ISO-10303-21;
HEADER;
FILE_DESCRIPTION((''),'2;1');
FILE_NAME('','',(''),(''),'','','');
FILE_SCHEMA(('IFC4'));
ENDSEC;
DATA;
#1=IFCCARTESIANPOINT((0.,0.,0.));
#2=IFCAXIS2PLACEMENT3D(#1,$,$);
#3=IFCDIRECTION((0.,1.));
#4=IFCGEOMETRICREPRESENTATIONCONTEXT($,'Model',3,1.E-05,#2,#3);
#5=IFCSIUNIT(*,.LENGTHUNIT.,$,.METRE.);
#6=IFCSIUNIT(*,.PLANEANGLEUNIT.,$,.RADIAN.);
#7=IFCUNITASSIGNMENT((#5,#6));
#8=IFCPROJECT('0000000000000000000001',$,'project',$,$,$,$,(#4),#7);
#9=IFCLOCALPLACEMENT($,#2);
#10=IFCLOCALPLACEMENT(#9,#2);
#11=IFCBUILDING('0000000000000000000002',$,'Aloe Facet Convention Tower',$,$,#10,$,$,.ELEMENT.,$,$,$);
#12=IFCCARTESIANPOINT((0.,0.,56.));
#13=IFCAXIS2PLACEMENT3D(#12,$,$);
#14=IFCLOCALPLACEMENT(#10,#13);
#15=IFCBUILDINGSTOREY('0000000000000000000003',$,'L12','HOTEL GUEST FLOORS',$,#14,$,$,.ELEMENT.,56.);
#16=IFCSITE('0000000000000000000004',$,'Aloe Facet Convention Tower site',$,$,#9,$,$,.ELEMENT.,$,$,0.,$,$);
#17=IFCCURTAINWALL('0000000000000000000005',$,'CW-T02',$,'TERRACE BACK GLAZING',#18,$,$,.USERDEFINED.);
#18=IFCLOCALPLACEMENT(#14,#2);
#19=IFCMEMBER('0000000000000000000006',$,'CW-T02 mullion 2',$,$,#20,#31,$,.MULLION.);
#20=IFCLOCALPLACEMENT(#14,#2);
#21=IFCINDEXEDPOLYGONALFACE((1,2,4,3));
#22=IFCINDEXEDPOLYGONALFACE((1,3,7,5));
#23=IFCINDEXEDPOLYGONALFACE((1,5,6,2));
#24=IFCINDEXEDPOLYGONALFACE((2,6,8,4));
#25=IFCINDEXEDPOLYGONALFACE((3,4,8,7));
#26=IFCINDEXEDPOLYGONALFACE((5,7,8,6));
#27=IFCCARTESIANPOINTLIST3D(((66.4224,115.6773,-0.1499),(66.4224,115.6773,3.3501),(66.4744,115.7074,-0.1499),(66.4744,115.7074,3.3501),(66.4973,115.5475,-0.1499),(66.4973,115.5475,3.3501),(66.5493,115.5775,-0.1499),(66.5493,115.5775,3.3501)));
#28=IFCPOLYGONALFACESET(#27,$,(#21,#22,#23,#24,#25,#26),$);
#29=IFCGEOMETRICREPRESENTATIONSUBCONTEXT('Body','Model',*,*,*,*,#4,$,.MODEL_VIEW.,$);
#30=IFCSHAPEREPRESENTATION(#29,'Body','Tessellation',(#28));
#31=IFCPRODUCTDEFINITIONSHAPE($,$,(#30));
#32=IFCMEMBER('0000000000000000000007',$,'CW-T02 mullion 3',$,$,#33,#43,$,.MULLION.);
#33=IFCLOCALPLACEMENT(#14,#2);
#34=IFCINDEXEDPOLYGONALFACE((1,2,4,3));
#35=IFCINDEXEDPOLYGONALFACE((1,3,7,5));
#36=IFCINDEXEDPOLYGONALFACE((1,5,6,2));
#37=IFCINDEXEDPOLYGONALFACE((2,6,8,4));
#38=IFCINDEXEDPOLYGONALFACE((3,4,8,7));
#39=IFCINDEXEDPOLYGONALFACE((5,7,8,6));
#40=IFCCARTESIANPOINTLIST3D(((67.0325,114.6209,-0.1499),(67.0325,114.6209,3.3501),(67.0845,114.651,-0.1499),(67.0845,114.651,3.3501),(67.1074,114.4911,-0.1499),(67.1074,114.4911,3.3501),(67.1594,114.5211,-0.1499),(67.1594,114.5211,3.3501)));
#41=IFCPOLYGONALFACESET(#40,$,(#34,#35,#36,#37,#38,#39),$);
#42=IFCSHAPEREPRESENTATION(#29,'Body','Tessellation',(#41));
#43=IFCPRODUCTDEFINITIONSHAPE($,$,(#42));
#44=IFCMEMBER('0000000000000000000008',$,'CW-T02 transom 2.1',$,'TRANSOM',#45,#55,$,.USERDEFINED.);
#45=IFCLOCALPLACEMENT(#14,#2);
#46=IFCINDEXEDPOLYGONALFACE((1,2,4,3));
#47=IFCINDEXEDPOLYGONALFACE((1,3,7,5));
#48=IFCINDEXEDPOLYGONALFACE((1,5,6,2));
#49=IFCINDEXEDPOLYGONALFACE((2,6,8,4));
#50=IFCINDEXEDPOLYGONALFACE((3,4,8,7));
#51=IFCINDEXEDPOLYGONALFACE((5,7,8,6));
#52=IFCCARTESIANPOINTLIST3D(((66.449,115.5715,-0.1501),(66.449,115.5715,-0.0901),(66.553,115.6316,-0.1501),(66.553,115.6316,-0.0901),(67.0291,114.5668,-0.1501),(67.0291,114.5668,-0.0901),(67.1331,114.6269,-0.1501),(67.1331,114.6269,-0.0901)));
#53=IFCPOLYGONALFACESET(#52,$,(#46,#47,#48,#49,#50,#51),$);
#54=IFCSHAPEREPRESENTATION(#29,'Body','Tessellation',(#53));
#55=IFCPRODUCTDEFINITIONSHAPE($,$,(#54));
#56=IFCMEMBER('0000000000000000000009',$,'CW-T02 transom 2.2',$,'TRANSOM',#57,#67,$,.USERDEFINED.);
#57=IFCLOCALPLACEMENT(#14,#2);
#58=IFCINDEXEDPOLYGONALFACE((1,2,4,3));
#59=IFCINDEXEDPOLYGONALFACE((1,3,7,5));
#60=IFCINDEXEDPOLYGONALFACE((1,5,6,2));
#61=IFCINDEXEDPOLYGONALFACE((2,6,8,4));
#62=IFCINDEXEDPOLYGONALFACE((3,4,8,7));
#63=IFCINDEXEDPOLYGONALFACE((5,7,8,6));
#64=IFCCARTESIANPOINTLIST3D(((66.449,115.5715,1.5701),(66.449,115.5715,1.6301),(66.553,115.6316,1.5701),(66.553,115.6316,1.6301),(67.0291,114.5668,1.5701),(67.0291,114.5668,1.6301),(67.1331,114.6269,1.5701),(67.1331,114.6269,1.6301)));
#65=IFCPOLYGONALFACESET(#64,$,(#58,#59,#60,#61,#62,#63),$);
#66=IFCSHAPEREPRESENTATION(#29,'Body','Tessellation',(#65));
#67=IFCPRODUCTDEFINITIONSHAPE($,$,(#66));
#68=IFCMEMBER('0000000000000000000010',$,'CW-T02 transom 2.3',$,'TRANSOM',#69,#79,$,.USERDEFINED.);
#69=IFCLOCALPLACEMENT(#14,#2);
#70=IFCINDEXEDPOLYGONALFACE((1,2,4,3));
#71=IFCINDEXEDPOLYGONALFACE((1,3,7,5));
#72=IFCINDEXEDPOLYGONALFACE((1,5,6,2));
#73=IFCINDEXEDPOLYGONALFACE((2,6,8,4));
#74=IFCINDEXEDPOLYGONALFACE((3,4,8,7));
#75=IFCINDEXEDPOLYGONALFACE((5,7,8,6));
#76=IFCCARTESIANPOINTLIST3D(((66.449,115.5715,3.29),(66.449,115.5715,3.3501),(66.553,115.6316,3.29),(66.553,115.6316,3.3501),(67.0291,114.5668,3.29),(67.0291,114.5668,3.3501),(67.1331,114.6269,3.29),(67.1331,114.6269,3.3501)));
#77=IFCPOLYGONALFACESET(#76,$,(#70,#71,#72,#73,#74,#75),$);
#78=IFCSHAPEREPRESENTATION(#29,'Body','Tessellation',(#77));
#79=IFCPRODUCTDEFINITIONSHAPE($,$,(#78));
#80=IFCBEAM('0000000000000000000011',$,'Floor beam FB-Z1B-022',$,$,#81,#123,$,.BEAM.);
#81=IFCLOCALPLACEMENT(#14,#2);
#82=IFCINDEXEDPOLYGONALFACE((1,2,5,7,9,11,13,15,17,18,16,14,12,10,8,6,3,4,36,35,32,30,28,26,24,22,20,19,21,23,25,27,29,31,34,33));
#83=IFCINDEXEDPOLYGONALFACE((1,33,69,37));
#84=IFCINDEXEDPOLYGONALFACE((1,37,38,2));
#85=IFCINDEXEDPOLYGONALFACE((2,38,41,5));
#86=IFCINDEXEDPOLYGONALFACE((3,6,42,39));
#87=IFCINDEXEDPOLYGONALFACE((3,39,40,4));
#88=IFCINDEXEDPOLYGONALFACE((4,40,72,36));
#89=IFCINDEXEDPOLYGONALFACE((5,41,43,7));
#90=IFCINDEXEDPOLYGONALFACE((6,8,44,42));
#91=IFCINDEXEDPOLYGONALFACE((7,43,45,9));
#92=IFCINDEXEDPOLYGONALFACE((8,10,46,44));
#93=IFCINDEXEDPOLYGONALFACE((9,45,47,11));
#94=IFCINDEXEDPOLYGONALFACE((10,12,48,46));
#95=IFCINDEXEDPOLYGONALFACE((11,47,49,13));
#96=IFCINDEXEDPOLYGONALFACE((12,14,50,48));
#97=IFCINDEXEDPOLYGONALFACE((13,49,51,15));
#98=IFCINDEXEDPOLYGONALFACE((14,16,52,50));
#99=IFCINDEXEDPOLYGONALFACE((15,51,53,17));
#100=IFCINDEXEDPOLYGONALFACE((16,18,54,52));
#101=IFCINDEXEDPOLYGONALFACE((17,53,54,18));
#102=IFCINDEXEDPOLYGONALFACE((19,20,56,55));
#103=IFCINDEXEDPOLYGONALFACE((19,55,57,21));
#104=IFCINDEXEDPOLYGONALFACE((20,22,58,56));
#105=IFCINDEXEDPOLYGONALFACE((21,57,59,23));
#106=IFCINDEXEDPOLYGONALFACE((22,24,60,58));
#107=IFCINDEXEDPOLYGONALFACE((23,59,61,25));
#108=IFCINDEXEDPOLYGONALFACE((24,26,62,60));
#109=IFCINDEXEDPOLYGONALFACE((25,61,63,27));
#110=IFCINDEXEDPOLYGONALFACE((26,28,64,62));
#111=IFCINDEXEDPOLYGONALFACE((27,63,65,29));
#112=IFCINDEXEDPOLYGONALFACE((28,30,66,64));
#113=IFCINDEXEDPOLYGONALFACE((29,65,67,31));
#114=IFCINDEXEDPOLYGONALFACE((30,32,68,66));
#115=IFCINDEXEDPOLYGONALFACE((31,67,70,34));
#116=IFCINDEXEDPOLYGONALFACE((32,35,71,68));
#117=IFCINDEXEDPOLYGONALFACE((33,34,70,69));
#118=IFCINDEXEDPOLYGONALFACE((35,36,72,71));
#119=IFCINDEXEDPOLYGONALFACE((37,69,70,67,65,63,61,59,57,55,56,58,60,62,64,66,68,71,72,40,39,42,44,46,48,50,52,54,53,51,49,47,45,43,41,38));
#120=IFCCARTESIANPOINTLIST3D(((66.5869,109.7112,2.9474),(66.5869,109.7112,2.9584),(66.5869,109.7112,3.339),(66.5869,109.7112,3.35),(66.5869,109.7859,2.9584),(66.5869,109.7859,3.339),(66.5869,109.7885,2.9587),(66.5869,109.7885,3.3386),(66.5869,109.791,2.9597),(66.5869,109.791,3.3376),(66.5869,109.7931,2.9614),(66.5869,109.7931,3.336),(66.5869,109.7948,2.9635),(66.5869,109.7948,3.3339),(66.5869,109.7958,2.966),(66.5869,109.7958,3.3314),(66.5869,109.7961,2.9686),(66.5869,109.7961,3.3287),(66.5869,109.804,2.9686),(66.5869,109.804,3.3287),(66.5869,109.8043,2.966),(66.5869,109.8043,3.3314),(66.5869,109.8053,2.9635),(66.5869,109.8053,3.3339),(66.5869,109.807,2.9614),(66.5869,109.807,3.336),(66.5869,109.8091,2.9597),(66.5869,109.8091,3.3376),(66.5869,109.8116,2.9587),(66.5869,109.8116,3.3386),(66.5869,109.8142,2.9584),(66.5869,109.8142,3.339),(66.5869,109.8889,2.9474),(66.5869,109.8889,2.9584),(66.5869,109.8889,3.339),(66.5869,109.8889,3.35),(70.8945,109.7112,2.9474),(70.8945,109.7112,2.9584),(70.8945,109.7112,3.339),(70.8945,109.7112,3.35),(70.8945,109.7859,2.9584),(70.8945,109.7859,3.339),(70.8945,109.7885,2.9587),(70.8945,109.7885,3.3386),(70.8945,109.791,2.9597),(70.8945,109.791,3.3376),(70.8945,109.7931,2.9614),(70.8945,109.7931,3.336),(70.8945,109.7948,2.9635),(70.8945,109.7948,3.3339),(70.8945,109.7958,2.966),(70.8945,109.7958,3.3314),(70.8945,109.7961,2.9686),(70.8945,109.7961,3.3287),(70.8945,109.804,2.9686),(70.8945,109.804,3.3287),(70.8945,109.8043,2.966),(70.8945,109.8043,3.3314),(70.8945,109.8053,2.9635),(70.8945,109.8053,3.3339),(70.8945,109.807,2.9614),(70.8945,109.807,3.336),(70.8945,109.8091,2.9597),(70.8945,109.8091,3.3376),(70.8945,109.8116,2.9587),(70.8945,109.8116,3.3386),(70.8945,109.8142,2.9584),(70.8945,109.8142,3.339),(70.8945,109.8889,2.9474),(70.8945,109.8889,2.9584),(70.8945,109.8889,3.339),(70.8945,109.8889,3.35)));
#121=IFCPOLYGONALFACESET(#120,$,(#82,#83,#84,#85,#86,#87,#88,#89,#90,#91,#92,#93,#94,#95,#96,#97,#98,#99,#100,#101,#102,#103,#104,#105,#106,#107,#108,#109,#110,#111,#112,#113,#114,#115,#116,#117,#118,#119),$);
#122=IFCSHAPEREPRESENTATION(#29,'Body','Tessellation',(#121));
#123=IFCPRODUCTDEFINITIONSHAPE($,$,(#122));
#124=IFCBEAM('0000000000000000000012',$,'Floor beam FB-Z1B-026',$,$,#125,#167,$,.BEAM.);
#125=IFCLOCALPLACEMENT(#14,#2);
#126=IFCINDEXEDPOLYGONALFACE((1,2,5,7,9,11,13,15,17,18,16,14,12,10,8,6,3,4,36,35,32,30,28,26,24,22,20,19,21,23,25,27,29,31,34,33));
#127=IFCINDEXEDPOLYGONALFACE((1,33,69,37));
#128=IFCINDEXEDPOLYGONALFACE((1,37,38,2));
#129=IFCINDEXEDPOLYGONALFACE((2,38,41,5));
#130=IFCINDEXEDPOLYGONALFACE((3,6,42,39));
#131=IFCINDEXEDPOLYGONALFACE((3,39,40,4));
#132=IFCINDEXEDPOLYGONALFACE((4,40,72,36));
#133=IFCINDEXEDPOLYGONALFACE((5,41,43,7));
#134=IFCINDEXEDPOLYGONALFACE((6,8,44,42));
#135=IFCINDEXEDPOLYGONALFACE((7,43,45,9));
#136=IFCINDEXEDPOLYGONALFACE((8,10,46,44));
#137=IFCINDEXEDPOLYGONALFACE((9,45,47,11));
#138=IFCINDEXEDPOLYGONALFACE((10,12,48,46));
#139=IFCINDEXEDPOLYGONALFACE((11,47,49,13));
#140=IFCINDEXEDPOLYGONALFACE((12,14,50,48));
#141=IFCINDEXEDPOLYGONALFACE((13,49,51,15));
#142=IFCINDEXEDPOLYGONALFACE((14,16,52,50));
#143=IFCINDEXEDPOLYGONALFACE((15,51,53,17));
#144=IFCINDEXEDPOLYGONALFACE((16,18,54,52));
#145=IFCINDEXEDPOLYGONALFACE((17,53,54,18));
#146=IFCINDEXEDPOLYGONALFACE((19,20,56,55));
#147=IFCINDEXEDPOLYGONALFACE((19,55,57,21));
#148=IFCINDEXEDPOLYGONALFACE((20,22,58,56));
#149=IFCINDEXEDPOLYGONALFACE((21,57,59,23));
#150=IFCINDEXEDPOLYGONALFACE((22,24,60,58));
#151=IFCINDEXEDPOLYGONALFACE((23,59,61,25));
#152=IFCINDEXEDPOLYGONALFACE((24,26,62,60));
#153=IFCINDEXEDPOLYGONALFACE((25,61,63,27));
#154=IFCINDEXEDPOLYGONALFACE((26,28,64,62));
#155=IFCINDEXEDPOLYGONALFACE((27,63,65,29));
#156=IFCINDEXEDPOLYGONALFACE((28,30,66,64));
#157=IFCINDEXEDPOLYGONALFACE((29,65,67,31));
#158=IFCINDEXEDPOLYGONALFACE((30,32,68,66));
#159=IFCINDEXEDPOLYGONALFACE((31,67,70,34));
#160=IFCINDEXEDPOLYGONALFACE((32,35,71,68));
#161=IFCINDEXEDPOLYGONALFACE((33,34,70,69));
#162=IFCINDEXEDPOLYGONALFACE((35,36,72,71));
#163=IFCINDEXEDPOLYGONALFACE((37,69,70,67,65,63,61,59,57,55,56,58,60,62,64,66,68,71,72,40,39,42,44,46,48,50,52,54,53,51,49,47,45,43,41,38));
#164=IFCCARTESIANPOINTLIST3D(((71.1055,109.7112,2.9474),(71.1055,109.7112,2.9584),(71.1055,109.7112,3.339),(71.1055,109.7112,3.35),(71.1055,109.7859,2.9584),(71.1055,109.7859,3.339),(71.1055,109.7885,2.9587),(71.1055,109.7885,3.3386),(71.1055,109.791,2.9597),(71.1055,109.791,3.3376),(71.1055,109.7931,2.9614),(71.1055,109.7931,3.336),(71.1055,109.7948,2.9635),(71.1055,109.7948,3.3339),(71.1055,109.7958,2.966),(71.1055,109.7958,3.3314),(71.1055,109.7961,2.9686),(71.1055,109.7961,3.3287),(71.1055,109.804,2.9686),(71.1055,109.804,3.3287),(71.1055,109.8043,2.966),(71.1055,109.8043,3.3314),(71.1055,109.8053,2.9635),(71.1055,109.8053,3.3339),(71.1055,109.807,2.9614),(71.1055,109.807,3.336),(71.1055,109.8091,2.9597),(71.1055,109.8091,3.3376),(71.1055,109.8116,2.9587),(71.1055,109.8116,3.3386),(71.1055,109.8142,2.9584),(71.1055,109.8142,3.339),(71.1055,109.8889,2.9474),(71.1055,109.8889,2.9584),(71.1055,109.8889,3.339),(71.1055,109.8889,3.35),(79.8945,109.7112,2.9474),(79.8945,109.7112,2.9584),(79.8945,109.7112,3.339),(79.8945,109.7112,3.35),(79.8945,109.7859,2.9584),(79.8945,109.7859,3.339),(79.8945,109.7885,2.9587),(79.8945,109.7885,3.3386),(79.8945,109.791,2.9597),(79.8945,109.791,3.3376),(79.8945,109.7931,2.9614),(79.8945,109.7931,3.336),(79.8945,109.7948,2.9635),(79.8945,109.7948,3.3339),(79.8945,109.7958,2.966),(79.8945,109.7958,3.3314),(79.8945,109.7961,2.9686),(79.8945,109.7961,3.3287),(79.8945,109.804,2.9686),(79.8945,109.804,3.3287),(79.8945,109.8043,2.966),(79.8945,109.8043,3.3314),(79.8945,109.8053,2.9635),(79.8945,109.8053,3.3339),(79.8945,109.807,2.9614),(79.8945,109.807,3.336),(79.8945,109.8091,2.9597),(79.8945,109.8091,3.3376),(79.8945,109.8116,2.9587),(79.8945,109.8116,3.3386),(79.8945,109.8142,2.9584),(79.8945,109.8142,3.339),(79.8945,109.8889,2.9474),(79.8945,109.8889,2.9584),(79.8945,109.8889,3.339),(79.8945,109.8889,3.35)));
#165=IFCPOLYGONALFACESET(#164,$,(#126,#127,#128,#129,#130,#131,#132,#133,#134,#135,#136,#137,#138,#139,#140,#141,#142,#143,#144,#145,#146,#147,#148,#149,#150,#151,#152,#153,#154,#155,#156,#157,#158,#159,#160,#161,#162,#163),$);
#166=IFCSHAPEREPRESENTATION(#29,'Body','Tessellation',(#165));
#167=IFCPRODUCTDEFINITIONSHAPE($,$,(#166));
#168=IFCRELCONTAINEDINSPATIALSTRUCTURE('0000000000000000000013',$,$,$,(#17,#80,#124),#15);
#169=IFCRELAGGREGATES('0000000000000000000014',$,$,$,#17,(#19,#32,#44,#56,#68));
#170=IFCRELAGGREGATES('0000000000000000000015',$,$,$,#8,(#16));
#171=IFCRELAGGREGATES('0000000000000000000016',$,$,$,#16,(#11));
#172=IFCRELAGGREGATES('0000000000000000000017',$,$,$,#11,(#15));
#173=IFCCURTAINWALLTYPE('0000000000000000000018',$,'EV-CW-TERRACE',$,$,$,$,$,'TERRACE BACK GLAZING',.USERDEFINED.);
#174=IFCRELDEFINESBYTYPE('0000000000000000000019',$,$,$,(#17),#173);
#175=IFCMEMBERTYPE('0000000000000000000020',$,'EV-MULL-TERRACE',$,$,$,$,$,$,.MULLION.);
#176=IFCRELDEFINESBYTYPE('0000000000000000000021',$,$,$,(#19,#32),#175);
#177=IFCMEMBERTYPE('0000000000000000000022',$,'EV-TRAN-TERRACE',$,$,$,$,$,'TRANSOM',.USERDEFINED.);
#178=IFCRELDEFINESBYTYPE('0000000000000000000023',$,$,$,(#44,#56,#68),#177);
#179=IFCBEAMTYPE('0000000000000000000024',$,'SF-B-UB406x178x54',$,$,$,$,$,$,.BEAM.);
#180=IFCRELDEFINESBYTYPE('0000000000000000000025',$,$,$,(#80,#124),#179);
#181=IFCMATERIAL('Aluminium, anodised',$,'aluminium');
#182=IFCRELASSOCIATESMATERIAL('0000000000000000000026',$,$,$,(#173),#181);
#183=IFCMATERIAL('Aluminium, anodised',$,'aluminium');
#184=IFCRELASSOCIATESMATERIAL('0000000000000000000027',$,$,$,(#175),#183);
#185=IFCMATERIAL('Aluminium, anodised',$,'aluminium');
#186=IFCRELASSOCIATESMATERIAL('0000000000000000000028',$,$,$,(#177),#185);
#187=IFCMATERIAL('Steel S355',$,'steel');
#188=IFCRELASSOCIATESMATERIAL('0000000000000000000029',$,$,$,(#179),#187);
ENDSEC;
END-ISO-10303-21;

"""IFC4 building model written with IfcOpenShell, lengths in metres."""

from ifc_helpers import new_model, si_unit, direction, frame, origin, origin_2d, place, context, subcontext, project, spatial, rectangle, i_section, extrude, material, material_profile, profile_set, type_object, element, aggregate, save


model = new_model("IFC4")

# Units and contexts
model_context = context("Model", 3, precision=1e-05, world=origin(), true_north=direction((0.0, 1.0)))
body_context = subcontext(model_context, "Body", "Model", "MODEL_VIEW")
ifc_project = project(units=[si_unit("LENGTHUNIT", "METRE"), si_unit("PLANEANGLEUNIT", "RADIAN")], contexts=[model_context])

# Site, building, storey
site_placement = place(None, origin())
site = spatial("IfcSite", under=ifc_project, at=site_placement, Name="Aloe Facet Convention Tower site", CompositionType="ELEMENT", RefElevation=0.0)
building_placement = place(site_placement, origin())
building = spatial("IfcBuilding", under=site, at=building_placement, Name="Aloe Facet Convention Tower", CompositionType="ELEMENT")
storey_placement = place(building_placement, frame((0.0, 0.0, 56.0)))
storey = spatial("IfcBuildingStorey", under=building, at=storey_placement, Name="L12", Description="HOTEL GUEST FLOORS", CompositionType="ELEMENT", Elevation=56.0)

# Curtain wall, members
ifc_material_1 = material(Name="Aluminium, anodised", Category="aluminium")
curtain_wall_type = type_object("IfcCurtainWallType", Name="EV-CW-TERRACE", ElementType="TERRACE BACK GLAZING", PredefinedType="USERDEFINED", material=ifc_material_1)
curtain_wall_placement = place(storey_placement, origin())
curtain_wall = element("IfcCurtainWall", 1, at=curtain_wall_placement, inside=storey, type_object=curtain_wall_type, Name="CW-T02", ObjectType="TERRACE BACK GLAZING", PredefinedType="USERDEFINED")
ifc_material_2 = material(Name="Aluminium, anodised", Category="aluminium")
ifc_material_profile_1 = material_profile(ifc_material_2, rectangle(XDim=0.0601, YDim=0.1499, at=origin_2d()), Name="AL 60x150")
ifc_profile_set_1 = profile_set([ifc_material_profile_1], Name="Aluminium, anodised")
member_type_1 = type_object("IfcMemberType", Name="EV-MULL-TERRACE", PredefinedType="MULLION", material=ifc_profile_set_1)
member_1_placement = place(storey_placement, frame((66.4858, 115.6274, -0.1499), z_axis=(0.0, 0.0, 1.0), x_axis=(0.866025, 0.5, 0.0)))
member_1 = element("IfcMember", 2, at=member_1_placement, type_object=member_type_1, Name="CW-T02 mullion 2", PredefinedType="MULLION", context=body_context, shape_type="SweptSolid", body=[
    extrude(rectangle(XDim=0.0601, YDim=0.1499, at=origin_2d()), origin(), (0.0, 0.0, 1.0), 3.5),
])
member_2_placement = place(storey_placement, frame((67.0959, 114.571, -0.1499), z_axis=(0.0, 0.0, 1.0), x_axis=(0.866025, 0.5, 0.0)))
member_2 = element("IfcMember", 3, at=member_2_placement, type_object=member_type_1, Name="CW-T02 mullion 3", PredefinedType="MULLION", context=body_context, shape_type="SweptSolid", body=[
    extrude(rectangle(XDim=0.0601, YDim=0.1499, at=origin_2d()), origin(), (0.0, 0.0, 1.0), 3.5),
])
ifc_material_3 = material(Name="Aluminium, anodised", Category="aluminium")
ifc_material_profile_2 = material_profile(ifc_material_3, rectangle(XDim=0.1201, YDim=0.0601, at=origin_2d()), Name="AL 120x60")
ifc_profile_set_2 = profile_set([ifc_material_profile_2], Name="Aluminium, anodised")
member_type_2 = type_object("IfcMemberType", Name="EV-TRAN-TERRACE", ElementType="TRANSOM", PredefinedType="USERDEFINED", material=ifc_profile_set_2)
member_3_placement = place(storey_placement, frame((66.501, 115.6016, -0.1201), z_axis=(0.500032, -0.866007, 0.0), x_axis=(0.866007, 0.500032, 0.0)))
member_3 = element("IfcMember", 4, at=member_3_placement, type_object=member_type_2, Name="CW-T02 transom 2.1", ObjectType="TRANSOM", PredefinedType="USERDEFINED", context=body_context, shape_type="SweptSolid", body=[
    extrude(rectangle(XDim=0.1201, YDim=0.0601, at=origin_2d()), origin(), (0.0, 0.0, 1.0), 1.1602),
])
member_4_placement = place(storey_placement, frame((66.501, 115.6016, 1.6001), z_axis=(0.500032, -0.866007, 0.0), x_axis=(0.866007, 0.500032, 0.0)))
member_4 = element("IfcMember", 5, at=member_4_placement, type_object=member_type_2, Name="CW-T02 transom 2.2", ObjectType="TRANSOM", PredefinedType="USERDEFINED", context=body_context, shape_type="SweptSolid", body=[
    extrude(rectangle(XDim=0.1201, YDim=0.0601, at=origin_2d()), origin(), (0.0, 0.0, 1.0), 1.1602),
])
member_5_placement = place(storey_placement, frame((66.501, 115.6016, 3.3201), z_axis=(0.500032, -0.866007, 0.0), x_axis=(0.866007, 0.500032, 0.0)))
member_5 = element("IfcMember", 6, at=member_5_placement, type_object=member_type_2, Name="CW-T02 transom 2.3", ObjectType="TRANSOM", PredefinedType="USERDEFINED", context=body_context, shape_type="SweptSolid", body=[
    extrude(rectangle(XDim=0.1201, YDim=0.0601, at=origin_2d()), origin(), (0.0, 0.0, 1.0), 1.1602),
])

# Beams
ifc_material_4 = material(Name="Steel S355", Category="steel")
ifc_material_profile_3 = material_profile(ifc_material_4, i_section(OverallWidth=0.1777, OverallDepth=0.4026, WebThickness=0.0078, FlangeThickness=0.011, FilletRadius=0.0103, at=origin_2d()), Name="UB 406x178x54")
ifc_profile_set_3 = profile_set([ifc_material_profile_3], Name="Steel S355")
beam_type_1 = type_object("IfcBeamType", Name="SF-B-UB406x178x54", PredefinedType="BEAM", material=ifc_profile_set_3)
beam_1_placement = place(storey_placement, frame((66.5869, 109.8, 3.1487), z_axis=(1.0, 0.0, 0.0), x_axis=(0.0, 1.0, 0.0)))
element("IfcBeam", 7, at=beam_1_placement, inside=storey, type_object=beam_type_1, Name="Floor beam FB-Z1B-022", PredefinedType="BEAM", context=body_context, shape_type="SweptSolid", body=[
    extrude(i_section(OverallWidth=0.1777, OverallDepth=0.4026, WebThickness=0.0078, FlangeThickness=0.011, FilletRadius=0.0103, at=origin_2d()), origin(), (0.0, 0.0, 1.0), 4.3076),
])
for number, where, z_axis, x_axis, name in (
    (8, (71.1055, 109.8, 3.1487), (1.0, 0.0, 0.0), (0.0, 1.0, 0.0), "Floor beam FB-Z1B-026"),
):
    element("IfcBeam", number, at=place(storey_placement, frame(where, z_axis=z_axis, x_axis=x_axis)), inside=storey, type_object=beam_type_1, Name=name, PredefinedType="BEAM", context=body_context, shape_type="SweptSolid", body=[
        extrude(i_section(OverallWidth=0.1777, OverallDepth=0.4026, WebThickness=0.0078, FlangeThickness=0.011, FilletRadius=0.0103, at=origin_2d()), origin(), (0.0, 0.0, 1.0), 8.7891),
    ])

aggregate(curtain_wall, [member_1, member_2, member_3, member_4, member_5])

save(model, "model.ifc")
